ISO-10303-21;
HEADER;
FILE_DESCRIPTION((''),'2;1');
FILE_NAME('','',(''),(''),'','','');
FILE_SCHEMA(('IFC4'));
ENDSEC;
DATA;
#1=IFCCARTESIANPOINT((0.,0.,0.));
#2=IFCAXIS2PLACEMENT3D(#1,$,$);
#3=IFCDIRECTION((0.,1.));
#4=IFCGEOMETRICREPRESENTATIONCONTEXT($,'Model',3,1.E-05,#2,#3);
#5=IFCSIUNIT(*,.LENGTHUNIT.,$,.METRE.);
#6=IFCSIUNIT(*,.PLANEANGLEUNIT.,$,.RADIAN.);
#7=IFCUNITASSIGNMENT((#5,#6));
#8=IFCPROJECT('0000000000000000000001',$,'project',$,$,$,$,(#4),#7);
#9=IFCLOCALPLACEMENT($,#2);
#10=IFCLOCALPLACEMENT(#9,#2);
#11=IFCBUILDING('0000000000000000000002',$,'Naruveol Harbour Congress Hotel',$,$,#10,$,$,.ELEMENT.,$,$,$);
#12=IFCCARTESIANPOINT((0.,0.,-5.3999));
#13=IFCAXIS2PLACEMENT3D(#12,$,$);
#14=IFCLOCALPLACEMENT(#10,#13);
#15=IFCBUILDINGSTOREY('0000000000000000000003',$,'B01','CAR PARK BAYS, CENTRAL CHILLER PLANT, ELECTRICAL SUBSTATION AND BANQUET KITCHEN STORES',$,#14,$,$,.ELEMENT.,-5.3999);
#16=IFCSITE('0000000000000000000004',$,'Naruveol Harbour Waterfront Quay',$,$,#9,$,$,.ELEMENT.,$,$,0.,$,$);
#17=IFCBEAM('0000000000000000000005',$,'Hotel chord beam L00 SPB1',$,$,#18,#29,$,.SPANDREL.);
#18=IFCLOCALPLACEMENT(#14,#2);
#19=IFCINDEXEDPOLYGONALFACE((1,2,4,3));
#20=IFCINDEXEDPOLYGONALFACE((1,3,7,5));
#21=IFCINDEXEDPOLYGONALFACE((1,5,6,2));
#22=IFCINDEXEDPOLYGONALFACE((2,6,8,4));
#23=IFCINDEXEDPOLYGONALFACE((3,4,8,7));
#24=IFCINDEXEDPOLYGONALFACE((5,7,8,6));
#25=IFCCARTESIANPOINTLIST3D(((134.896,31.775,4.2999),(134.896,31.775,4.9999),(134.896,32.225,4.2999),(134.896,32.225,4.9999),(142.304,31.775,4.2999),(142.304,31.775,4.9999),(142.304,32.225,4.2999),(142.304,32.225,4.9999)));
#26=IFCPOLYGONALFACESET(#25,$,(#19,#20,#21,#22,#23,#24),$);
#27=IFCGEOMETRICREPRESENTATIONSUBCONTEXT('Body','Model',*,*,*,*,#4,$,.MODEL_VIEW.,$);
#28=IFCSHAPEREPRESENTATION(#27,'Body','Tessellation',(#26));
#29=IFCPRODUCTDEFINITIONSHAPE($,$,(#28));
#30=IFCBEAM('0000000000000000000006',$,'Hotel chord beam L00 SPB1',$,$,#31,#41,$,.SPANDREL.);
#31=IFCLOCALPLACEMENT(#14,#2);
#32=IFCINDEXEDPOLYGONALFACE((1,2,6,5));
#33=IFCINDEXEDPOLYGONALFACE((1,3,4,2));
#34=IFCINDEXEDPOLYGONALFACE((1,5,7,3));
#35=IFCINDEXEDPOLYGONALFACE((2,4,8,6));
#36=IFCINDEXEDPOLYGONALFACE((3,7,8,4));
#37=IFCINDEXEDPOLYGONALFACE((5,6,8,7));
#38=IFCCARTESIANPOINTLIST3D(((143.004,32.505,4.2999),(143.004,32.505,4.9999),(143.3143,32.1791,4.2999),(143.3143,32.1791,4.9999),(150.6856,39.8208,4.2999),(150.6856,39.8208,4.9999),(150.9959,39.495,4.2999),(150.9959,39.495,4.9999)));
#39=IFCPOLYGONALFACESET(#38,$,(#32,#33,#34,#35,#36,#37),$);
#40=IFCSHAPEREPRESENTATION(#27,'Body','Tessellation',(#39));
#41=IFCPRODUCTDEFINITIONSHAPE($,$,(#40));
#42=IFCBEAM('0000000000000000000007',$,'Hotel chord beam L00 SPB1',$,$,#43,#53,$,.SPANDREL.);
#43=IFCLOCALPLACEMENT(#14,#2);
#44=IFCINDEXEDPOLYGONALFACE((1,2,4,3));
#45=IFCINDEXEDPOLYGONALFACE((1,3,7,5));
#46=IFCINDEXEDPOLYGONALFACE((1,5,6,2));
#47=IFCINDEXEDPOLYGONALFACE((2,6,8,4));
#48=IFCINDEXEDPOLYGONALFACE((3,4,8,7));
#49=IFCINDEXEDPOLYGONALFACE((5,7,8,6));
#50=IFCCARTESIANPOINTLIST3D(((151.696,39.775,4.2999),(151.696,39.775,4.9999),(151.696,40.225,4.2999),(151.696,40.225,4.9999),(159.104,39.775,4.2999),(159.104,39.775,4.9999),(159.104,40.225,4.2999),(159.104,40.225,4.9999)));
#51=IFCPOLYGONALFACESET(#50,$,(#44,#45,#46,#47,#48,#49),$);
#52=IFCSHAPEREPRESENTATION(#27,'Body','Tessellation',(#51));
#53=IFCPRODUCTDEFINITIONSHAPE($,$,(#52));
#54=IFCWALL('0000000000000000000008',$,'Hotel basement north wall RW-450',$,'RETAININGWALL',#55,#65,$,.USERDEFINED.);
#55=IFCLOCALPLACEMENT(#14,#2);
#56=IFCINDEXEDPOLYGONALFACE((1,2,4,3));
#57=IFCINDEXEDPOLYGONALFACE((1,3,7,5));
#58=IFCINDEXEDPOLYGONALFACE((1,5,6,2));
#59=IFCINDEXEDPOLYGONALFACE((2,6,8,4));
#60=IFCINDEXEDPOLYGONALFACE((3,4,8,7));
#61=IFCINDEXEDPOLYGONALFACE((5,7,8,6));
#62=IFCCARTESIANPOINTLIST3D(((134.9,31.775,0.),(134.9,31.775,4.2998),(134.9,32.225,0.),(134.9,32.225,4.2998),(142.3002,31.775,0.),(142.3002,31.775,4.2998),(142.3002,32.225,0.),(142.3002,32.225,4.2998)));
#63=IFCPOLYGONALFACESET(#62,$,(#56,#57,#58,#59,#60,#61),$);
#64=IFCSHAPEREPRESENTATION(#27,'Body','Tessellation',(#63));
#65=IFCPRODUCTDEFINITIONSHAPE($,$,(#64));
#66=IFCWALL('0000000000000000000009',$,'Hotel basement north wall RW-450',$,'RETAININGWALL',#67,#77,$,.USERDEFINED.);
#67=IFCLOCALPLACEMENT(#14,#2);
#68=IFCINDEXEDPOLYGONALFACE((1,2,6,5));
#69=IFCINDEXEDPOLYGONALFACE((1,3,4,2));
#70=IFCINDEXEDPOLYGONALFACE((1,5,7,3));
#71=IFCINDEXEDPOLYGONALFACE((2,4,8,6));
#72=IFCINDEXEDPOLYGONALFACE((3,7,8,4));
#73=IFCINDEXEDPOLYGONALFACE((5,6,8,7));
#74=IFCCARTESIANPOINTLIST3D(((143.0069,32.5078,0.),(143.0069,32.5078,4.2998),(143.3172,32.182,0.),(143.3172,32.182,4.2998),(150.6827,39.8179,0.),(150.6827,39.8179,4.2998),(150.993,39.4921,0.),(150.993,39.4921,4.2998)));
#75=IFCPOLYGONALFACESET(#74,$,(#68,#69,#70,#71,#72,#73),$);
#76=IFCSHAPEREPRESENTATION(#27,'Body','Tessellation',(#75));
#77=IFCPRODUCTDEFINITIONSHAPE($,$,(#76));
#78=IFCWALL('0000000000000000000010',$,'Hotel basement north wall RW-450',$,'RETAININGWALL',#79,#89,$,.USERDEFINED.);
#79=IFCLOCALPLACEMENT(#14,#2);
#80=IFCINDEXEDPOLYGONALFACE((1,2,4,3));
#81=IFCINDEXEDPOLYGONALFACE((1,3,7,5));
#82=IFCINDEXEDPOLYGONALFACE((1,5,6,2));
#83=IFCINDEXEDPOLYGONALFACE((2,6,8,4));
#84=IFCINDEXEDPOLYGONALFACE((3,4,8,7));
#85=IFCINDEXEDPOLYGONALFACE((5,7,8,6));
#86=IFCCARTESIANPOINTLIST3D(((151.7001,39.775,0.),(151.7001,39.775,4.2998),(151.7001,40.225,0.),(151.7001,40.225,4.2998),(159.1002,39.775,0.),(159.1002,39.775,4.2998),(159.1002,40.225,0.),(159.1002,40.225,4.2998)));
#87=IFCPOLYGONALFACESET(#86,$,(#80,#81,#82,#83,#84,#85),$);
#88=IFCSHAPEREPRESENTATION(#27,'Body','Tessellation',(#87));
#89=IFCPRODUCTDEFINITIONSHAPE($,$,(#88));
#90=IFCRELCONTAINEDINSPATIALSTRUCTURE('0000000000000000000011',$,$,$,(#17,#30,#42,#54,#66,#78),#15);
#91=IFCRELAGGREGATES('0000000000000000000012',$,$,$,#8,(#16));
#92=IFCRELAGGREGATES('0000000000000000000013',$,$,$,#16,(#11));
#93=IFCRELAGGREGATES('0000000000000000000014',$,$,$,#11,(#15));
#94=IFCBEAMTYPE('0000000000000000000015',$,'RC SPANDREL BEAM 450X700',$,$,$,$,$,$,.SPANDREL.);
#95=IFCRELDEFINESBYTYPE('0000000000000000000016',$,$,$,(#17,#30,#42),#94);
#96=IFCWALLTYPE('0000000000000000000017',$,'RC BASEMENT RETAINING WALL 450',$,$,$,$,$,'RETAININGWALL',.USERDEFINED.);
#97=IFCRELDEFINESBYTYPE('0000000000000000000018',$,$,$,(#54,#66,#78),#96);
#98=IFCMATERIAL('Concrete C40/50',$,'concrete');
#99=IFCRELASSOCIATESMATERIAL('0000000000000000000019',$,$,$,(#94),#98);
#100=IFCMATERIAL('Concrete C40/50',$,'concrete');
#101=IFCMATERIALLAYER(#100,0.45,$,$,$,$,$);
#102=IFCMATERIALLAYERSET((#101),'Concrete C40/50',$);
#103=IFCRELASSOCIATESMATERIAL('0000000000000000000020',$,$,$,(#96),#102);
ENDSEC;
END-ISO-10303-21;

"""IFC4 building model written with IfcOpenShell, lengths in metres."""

from ifc_helpers import new_model, si_unit, direction, frame, frame_2d, origin, origin_2d, place, context, subcontext, project, spatial, rectangle, extrude, material, layer, layer_set, material_profile, profile_set, type_object, element, save


model = new_model("IFC4")

# Units and contexts
model_context = context("Model", 3, precision=1e-05, world=origin(), true_north=direction((0.0, 1.0)))
body_context = subcontext(model_context, "Body", "Model", "MODEL_VIEW")
ifc_project = project(units=[si_unit("LENGTHUNIT", "METRE"), si_unit("PLANEANGLEUNIT", "RADIAN")], contexts=[model_context])

# Site, building, storey
site_placement = place(None, origin())
site = spatial("IfcSite", under=ifc_project, at=site_placement, Name="Naruveol Harbour Waterfront Quay", CompositionType="ELEMENT", RefElevation=0.0)
building_placement = place(site_placement, origin())
building = spatial("IfcBuilding", under=site, at=building_placement, Name="Naruveol Harbour Congress Hotel", CompositionType="ELEMENT")
storey_placement = place(building_placement, frame((0.0, 0.0, -5.3999)))
storey = spatial("IfcBuildingStorey", under=building, at=storey_placement, Name="B01", Description="CAR PARK BAYS, CENTRAL CHILLER PLANT, ELECTRICAL SUBSTATION AND BANQUET KITCHEN STORES", CompositionType="ELEMENT", Elevation=-5.3999)

# Beams
ifc_material_1 = material(Name="Concrete C40/50", Category="concrete")
ifc_material_profile_1 = material_profile(ifc_material_1, rectangle(XDim=0.45, YDim=0.7, at=origin_2d()), Name="RCB-450x700")
ifc_profile_set_1 = profile_set([ifc_material_profile_1], Name="Concrete C40/50")
beam_type = type_object("IfcBeamType", Name="RC SPANDREL BEAM 450X700", PredefinedType="SPANDREL", material=ifc_profile_set_1)
beam_1_placement = place(storey_placement, frame((134.896, 32.0, 4.6499), z_axis=(1.0, 0.0, 0.0), x_axis=(0.0, 1.0, 0.0)))
element("IfcBeam", 1, at=beam_1_placement, inside=storey, type_object=beam_type, Name="Hotel chord beam L00 SPB1", PredefinedType="SPANDREL", context=body_context, shape_type="SweptSolid", body=[
    extrude(rectangle(XDim=0.45, YDim=0.7, at=origin_2d()), origin(), (0.0, 0.0, 1.0), 7.408),
])
beam_2_placement = place(storey_placement, frame((143.1592, 32.342, 4.6499), z_axis=(0.724135, 0.689659, 0.0), x_axis=(-0.689659, 0.724135, 0.0)))
element("IfcBeam", 2, at=beam_2_placement, inside=storey, type_object=beam_type, Name="Hotel chord beam L00 SPB1", PredefinedType="SPANDREL", context=body_context, shape_type="SweptSolid", body=[
    extrude(rectangle(XDim=0.45, YDim=0.7, at=origin_2d()), origin(), (0.0, 0.0, 1.0), 10.6079),
])
beam_3_placement = place(storey_placement, frame((151.696, 40.0, 4.6499), z_axis=(1.0, 0.0, 0.0), x_axis=(0.0, 1.0, 0.0)))
element("IfcBeam", 3, at=beam_3_placement, inside=storey, type_object=beam_type, Name="Hotel chord beam L00 SPB1", PredefinedType="SPANDREL", context=body_context, shape_type="SweptSolid", body=[
    extrude(rectangle(XDim=0.45, YDim=0.7, at=origin_2d()), origin(), (0.0, 0.0, 1.0), 7.408),
])

# Walls
ifc_material_2 = material(Name="Concrete C40/50", Category="concrete")
ifc_layer = layer(ifc_material_2, 0.45)
ifc_layer_set = layer_set([ifc_layer], Name="Concrete C40/50")
wall_type = type_object("IfcWallType", Name="RC BASEMENT RETAINING WALL 450", ElementType="RETAININGWALL", PredefinedType="USERDEFINED", material=ifc_layer_set)
wall_1_placement = place(storey_placement, frame((134.8999, 32.0, 0.0), z_axis=(0.0, 0.0, 1.0), x_axis=(1.0, 0.0, 0.0)))
element("IfcWall", 4, at=wall_1_placement, inside=storey, type_object=wall_type, Name="Hotel basement north wall RW-450", ObjectType="RETAININGWALL", PredefinedType="USERDEFINED", context=body_context, shape_type="SweptSolid", body=[
    extrude(rectangle(XDim=7.4001, YDim=0.45, at=frame_2d((3.7002, 0.0))), origin(), (0.0, 0.0, 1.0), 4.2998),
])
wall_2_placement = place(storey_placement, frame((143.1621, 32.345, 0.0), z_axis=(0.0, 0.0, 1.0), x_axis=(0.724148, 0.689645, 0.0)))
element("IfcWall", 5, at=wall_2_placement, inside=storey, type_object=wall_type, Name="Hotel basement north wall RW-450", ObjectType="RETAININGWALL", PredefinedType="USERDEFINED", context=body_context, shape_type="SweptSolid", body=[
    extrude(rectangle(XDim=10.5999, YDim=0.45, at=frame_2d((5.2998, 0.0))), origin(), (0.0, 0.0, 1.0), 4.2998),
])
wall_3_placement = place(storey_placement, frame((151.7, 40.0, 0.0), z_axis=(0.0, 0.0, 1.0), x_axis=(1.0, 0.0, 0.0)))
element("IfcWall", 6, at=wall_3_placement, inside=storey, type_object=wall_type, Name="Hotel basement north wall RW-450", ObjectType="RETAININGWALL", PredefinedType="USERDEFINED", context=body_context, shape_type="SweptSolid", body=[
    extrude(rectangle(XDim=7.4001, YDim=0.45, at=frame_2d((3.7002, 0.0))), origin(), (0.0, 0.0, 1.0), 4.2998),
])

save(model, "model.ifc")
